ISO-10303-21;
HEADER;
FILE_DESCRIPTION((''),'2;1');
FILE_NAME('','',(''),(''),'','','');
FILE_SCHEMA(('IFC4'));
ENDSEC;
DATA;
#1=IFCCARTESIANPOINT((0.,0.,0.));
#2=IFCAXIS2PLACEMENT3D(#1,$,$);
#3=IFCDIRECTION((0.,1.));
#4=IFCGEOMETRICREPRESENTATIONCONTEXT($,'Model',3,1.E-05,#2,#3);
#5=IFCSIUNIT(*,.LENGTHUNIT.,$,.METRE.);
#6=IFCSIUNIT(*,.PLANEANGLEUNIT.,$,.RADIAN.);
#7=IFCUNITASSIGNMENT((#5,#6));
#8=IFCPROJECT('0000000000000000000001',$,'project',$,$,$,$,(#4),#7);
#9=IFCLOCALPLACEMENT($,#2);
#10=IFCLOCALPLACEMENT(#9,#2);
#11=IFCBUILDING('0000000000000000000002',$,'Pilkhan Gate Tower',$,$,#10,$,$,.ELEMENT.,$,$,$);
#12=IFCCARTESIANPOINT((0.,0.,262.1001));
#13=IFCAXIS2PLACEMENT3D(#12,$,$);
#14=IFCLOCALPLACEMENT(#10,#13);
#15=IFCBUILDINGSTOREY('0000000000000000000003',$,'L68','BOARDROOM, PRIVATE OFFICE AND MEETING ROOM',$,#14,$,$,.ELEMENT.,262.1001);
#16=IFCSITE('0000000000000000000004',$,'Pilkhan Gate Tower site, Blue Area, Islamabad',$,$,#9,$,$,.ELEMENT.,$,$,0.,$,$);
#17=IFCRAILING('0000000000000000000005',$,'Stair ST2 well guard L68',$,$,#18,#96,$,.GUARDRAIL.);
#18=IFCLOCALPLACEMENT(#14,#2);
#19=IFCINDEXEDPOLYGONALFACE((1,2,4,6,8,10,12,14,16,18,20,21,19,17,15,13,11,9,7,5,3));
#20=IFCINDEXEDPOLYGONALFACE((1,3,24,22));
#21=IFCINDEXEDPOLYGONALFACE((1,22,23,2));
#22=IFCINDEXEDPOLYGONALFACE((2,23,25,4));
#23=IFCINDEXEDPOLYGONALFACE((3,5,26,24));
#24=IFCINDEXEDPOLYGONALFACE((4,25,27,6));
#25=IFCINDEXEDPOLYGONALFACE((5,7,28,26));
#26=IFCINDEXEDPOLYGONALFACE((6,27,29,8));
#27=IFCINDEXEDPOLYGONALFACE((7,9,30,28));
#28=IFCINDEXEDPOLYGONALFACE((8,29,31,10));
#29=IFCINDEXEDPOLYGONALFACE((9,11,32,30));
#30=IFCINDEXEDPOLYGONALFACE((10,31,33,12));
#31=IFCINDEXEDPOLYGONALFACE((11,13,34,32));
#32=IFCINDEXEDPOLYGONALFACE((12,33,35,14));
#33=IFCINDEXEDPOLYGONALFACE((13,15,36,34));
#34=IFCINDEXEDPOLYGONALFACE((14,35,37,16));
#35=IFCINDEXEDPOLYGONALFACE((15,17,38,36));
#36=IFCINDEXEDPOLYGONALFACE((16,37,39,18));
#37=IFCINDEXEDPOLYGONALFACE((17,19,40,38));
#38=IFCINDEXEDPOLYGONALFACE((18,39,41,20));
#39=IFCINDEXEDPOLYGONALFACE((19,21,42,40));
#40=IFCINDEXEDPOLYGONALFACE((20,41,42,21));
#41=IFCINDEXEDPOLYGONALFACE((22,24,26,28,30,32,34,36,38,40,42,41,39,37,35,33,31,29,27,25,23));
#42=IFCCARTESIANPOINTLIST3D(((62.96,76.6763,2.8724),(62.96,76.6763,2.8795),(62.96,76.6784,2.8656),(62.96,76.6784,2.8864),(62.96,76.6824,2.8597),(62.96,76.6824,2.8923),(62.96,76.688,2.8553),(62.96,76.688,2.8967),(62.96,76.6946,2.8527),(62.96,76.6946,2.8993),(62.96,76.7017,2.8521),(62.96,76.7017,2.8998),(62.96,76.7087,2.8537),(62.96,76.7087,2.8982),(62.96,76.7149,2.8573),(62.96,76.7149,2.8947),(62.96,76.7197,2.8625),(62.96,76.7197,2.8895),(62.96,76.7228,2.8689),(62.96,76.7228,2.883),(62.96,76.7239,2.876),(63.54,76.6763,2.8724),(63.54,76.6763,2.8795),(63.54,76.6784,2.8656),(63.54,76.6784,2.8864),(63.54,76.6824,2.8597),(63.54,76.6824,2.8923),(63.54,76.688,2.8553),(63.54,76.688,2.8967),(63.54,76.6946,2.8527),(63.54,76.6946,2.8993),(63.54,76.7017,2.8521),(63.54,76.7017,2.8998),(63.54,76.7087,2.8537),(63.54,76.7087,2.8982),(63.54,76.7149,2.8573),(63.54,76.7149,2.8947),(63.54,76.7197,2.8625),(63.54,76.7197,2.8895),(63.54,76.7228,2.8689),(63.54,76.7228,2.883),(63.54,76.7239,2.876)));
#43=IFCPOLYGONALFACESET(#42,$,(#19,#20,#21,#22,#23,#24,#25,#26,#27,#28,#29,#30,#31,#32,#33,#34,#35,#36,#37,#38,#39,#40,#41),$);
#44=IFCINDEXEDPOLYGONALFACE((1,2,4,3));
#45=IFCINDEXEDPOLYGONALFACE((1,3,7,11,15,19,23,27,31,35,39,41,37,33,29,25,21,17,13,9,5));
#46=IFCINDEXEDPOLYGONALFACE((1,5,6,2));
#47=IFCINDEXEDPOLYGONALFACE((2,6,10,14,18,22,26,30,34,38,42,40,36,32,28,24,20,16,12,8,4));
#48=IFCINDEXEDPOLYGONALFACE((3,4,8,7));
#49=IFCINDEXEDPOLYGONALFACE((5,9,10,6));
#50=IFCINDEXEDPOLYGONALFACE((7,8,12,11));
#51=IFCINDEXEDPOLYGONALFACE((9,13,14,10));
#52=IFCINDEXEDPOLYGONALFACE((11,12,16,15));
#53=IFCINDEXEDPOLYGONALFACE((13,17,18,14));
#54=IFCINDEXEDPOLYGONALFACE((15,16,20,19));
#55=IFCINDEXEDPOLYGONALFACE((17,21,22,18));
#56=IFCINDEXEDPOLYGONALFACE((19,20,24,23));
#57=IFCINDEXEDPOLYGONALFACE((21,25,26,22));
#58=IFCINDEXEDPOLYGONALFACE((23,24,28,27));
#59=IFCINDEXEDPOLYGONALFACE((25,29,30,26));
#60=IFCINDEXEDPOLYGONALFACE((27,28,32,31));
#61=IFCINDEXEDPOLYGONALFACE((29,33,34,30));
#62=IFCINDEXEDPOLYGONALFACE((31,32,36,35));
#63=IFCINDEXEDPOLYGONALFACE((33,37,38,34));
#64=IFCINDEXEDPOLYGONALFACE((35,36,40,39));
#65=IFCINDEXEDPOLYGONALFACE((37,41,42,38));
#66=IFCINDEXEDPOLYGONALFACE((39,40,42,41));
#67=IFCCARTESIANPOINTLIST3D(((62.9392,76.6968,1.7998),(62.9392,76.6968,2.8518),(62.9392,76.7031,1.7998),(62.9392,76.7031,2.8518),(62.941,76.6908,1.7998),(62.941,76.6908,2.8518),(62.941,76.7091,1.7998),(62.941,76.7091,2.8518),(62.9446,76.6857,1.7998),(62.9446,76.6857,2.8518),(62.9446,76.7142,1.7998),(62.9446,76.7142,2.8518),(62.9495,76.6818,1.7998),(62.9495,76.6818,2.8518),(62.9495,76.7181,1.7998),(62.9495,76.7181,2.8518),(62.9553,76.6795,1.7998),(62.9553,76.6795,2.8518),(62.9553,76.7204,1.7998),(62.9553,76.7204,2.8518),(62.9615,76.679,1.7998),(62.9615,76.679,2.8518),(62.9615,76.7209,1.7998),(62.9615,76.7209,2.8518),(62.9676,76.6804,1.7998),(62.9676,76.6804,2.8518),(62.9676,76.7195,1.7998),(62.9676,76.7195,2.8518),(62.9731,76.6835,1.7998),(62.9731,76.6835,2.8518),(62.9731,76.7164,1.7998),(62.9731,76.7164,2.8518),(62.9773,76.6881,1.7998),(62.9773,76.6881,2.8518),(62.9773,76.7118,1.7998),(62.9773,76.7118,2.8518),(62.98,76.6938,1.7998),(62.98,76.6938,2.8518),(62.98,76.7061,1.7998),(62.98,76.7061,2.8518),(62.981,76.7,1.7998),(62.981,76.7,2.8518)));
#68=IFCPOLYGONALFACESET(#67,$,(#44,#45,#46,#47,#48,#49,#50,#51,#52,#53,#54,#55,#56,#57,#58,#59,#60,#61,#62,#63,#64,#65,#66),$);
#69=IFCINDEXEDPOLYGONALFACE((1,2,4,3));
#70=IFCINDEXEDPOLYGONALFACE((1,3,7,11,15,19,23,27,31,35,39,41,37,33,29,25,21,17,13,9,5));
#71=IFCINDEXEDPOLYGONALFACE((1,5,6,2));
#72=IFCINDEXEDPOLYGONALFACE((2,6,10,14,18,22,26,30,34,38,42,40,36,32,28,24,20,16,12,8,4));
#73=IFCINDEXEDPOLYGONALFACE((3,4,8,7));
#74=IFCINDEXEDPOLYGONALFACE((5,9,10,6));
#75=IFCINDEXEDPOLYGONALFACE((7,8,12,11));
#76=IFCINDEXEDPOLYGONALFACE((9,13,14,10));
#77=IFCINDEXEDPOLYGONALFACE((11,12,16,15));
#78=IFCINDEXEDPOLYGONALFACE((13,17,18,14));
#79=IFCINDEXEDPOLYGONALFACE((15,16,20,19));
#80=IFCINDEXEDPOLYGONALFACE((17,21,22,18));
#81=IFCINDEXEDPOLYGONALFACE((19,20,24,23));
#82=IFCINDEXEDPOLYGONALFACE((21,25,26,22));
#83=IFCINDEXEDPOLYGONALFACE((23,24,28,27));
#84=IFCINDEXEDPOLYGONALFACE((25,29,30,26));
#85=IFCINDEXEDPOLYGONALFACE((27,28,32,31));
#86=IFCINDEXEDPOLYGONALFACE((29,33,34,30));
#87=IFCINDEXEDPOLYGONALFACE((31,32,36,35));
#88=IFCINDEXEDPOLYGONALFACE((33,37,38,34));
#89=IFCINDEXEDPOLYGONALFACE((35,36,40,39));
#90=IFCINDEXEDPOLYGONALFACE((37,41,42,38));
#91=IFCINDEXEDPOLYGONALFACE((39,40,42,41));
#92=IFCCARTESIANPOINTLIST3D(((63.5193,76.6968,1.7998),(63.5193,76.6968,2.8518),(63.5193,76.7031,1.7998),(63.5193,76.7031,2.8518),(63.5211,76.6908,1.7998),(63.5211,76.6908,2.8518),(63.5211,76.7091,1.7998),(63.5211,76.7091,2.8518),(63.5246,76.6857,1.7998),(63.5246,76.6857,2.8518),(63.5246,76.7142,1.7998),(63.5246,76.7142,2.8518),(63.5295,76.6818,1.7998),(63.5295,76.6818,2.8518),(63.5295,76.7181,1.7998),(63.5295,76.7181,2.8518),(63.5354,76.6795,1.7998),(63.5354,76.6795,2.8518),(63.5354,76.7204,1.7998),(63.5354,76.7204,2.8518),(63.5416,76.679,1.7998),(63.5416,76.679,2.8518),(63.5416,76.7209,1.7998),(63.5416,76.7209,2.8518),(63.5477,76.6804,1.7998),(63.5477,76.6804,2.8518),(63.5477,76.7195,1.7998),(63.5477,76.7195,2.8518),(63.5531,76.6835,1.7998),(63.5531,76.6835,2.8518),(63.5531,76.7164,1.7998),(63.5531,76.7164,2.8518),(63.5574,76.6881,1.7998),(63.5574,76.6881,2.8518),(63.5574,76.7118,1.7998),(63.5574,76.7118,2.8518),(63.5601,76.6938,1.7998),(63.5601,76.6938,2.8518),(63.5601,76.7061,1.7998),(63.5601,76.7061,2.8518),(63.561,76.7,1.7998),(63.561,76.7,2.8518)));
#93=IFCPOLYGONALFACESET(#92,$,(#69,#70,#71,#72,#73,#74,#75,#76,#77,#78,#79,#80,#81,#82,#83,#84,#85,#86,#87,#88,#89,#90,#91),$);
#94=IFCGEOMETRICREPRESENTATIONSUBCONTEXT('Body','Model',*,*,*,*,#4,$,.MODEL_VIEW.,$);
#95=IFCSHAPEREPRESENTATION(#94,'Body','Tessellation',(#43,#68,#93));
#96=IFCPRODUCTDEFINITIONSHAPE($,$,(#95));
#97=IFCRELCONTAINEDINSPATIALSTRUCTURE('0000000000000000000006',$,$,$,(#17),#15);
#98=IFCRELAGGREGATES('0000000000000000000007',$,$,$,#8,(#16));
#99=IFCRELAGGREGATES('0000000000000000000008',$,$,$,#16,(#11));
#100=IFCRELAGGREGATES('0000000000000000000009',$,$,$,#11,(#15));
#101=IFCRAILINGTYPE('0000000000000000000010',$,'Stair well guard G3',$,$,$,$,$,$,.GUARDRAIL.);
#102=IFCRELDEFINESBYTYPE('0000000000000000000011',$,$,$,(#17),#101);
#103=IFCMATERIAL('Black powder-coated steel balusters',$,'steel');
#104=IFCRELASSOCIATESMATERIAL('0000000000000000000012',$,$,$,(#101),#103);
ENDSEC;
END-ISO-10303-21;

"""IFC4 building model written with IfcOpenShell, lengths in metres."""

from ifc_helpers import new_model, si_unit, direction, frame, origin, origin_2d, place, context, subcontext, project, spatial, circle, extrude, material, type_object, element, save


model = new_model("IFC4")

# Units and contexts
model_context = context("Model", 3, precision=1e-05, world=origin(), true_north=direction((0.0, 1.0)))
body_context = subcontext(model_context, "Body", "Model", "MODEL_VIEW")
ifc_project = project(units=[si_unit("LENGTHUNIT", "METRE"), si_unit("PLANEANGLEUNIT", "RADIAN")], contexts=[model_context])

# Site, building, storey
site_placement = place(None, origin())
site = spatial("IfcSite", under=ifc_project, at=site_placement, Name="Pilkhan Gate Tower site, Blue Area, Islamabad", CompositionType="ELEMENT", RefElevation=0.0)
building_placement = place(site_placement, origin())
building = spatial("IfcBuilding", under=site, at=building_placement, Name="Pilkhan Gate Tower", CompositionType="ELEMENT")
storey_placement = place(building_placement, frame((0.0, 0.0, 262.1001)))
storey = spatial("IfcBuildingStorey", under=building, at=storey_placement, Name="L68", Description="BOARDROOM, PRIVATE OFFICE AND MEETING ROOM", CompositionType="ELEMENT", Elevation=262.1001)

# Railing
ifc_material_1 = material(Name="Black powder-coated steel balusters", Category="steel")
railing_type_1 = type_object("IfcRailingType", Name="Stair well guard G3", PredefinedType="GUARDRAIL", material=ifc_material_1)
for number, where, name in (
    (1, (62.96, 76.7, 1.7998), "Stair ST2 well guard L68"),
):
    element("IfcRailing", number, at=place(storey_placement, frame(where)), inside=storey, type_object=railing_type_1, Name=name, PredefinedType="GUARDRAIL", context=body_context, shape_type="SweptSolid", body=[
        extrude(circle(Radius=0.0239, at=origin_2d()), frame((0.0, 0.0, 1.0762), z_axis=(1.0, 0.0, 0.0), x_axis=(0.0, 1.0, 0.0)), (0.0, 0.0, 1.0), 0.5801),
        extrude(circle(Radius=0.021, at=origin_2d()), origin(), (0.0, 0.0, 1.0), 1.052),
        extrude(circle(Radius=0.021, at=origin_2d()), frame((0.5801, 0.0, 0.0)), (0.0, 0.0, 1.0), 1.052),
    ])

save(model, "model.ifc")
